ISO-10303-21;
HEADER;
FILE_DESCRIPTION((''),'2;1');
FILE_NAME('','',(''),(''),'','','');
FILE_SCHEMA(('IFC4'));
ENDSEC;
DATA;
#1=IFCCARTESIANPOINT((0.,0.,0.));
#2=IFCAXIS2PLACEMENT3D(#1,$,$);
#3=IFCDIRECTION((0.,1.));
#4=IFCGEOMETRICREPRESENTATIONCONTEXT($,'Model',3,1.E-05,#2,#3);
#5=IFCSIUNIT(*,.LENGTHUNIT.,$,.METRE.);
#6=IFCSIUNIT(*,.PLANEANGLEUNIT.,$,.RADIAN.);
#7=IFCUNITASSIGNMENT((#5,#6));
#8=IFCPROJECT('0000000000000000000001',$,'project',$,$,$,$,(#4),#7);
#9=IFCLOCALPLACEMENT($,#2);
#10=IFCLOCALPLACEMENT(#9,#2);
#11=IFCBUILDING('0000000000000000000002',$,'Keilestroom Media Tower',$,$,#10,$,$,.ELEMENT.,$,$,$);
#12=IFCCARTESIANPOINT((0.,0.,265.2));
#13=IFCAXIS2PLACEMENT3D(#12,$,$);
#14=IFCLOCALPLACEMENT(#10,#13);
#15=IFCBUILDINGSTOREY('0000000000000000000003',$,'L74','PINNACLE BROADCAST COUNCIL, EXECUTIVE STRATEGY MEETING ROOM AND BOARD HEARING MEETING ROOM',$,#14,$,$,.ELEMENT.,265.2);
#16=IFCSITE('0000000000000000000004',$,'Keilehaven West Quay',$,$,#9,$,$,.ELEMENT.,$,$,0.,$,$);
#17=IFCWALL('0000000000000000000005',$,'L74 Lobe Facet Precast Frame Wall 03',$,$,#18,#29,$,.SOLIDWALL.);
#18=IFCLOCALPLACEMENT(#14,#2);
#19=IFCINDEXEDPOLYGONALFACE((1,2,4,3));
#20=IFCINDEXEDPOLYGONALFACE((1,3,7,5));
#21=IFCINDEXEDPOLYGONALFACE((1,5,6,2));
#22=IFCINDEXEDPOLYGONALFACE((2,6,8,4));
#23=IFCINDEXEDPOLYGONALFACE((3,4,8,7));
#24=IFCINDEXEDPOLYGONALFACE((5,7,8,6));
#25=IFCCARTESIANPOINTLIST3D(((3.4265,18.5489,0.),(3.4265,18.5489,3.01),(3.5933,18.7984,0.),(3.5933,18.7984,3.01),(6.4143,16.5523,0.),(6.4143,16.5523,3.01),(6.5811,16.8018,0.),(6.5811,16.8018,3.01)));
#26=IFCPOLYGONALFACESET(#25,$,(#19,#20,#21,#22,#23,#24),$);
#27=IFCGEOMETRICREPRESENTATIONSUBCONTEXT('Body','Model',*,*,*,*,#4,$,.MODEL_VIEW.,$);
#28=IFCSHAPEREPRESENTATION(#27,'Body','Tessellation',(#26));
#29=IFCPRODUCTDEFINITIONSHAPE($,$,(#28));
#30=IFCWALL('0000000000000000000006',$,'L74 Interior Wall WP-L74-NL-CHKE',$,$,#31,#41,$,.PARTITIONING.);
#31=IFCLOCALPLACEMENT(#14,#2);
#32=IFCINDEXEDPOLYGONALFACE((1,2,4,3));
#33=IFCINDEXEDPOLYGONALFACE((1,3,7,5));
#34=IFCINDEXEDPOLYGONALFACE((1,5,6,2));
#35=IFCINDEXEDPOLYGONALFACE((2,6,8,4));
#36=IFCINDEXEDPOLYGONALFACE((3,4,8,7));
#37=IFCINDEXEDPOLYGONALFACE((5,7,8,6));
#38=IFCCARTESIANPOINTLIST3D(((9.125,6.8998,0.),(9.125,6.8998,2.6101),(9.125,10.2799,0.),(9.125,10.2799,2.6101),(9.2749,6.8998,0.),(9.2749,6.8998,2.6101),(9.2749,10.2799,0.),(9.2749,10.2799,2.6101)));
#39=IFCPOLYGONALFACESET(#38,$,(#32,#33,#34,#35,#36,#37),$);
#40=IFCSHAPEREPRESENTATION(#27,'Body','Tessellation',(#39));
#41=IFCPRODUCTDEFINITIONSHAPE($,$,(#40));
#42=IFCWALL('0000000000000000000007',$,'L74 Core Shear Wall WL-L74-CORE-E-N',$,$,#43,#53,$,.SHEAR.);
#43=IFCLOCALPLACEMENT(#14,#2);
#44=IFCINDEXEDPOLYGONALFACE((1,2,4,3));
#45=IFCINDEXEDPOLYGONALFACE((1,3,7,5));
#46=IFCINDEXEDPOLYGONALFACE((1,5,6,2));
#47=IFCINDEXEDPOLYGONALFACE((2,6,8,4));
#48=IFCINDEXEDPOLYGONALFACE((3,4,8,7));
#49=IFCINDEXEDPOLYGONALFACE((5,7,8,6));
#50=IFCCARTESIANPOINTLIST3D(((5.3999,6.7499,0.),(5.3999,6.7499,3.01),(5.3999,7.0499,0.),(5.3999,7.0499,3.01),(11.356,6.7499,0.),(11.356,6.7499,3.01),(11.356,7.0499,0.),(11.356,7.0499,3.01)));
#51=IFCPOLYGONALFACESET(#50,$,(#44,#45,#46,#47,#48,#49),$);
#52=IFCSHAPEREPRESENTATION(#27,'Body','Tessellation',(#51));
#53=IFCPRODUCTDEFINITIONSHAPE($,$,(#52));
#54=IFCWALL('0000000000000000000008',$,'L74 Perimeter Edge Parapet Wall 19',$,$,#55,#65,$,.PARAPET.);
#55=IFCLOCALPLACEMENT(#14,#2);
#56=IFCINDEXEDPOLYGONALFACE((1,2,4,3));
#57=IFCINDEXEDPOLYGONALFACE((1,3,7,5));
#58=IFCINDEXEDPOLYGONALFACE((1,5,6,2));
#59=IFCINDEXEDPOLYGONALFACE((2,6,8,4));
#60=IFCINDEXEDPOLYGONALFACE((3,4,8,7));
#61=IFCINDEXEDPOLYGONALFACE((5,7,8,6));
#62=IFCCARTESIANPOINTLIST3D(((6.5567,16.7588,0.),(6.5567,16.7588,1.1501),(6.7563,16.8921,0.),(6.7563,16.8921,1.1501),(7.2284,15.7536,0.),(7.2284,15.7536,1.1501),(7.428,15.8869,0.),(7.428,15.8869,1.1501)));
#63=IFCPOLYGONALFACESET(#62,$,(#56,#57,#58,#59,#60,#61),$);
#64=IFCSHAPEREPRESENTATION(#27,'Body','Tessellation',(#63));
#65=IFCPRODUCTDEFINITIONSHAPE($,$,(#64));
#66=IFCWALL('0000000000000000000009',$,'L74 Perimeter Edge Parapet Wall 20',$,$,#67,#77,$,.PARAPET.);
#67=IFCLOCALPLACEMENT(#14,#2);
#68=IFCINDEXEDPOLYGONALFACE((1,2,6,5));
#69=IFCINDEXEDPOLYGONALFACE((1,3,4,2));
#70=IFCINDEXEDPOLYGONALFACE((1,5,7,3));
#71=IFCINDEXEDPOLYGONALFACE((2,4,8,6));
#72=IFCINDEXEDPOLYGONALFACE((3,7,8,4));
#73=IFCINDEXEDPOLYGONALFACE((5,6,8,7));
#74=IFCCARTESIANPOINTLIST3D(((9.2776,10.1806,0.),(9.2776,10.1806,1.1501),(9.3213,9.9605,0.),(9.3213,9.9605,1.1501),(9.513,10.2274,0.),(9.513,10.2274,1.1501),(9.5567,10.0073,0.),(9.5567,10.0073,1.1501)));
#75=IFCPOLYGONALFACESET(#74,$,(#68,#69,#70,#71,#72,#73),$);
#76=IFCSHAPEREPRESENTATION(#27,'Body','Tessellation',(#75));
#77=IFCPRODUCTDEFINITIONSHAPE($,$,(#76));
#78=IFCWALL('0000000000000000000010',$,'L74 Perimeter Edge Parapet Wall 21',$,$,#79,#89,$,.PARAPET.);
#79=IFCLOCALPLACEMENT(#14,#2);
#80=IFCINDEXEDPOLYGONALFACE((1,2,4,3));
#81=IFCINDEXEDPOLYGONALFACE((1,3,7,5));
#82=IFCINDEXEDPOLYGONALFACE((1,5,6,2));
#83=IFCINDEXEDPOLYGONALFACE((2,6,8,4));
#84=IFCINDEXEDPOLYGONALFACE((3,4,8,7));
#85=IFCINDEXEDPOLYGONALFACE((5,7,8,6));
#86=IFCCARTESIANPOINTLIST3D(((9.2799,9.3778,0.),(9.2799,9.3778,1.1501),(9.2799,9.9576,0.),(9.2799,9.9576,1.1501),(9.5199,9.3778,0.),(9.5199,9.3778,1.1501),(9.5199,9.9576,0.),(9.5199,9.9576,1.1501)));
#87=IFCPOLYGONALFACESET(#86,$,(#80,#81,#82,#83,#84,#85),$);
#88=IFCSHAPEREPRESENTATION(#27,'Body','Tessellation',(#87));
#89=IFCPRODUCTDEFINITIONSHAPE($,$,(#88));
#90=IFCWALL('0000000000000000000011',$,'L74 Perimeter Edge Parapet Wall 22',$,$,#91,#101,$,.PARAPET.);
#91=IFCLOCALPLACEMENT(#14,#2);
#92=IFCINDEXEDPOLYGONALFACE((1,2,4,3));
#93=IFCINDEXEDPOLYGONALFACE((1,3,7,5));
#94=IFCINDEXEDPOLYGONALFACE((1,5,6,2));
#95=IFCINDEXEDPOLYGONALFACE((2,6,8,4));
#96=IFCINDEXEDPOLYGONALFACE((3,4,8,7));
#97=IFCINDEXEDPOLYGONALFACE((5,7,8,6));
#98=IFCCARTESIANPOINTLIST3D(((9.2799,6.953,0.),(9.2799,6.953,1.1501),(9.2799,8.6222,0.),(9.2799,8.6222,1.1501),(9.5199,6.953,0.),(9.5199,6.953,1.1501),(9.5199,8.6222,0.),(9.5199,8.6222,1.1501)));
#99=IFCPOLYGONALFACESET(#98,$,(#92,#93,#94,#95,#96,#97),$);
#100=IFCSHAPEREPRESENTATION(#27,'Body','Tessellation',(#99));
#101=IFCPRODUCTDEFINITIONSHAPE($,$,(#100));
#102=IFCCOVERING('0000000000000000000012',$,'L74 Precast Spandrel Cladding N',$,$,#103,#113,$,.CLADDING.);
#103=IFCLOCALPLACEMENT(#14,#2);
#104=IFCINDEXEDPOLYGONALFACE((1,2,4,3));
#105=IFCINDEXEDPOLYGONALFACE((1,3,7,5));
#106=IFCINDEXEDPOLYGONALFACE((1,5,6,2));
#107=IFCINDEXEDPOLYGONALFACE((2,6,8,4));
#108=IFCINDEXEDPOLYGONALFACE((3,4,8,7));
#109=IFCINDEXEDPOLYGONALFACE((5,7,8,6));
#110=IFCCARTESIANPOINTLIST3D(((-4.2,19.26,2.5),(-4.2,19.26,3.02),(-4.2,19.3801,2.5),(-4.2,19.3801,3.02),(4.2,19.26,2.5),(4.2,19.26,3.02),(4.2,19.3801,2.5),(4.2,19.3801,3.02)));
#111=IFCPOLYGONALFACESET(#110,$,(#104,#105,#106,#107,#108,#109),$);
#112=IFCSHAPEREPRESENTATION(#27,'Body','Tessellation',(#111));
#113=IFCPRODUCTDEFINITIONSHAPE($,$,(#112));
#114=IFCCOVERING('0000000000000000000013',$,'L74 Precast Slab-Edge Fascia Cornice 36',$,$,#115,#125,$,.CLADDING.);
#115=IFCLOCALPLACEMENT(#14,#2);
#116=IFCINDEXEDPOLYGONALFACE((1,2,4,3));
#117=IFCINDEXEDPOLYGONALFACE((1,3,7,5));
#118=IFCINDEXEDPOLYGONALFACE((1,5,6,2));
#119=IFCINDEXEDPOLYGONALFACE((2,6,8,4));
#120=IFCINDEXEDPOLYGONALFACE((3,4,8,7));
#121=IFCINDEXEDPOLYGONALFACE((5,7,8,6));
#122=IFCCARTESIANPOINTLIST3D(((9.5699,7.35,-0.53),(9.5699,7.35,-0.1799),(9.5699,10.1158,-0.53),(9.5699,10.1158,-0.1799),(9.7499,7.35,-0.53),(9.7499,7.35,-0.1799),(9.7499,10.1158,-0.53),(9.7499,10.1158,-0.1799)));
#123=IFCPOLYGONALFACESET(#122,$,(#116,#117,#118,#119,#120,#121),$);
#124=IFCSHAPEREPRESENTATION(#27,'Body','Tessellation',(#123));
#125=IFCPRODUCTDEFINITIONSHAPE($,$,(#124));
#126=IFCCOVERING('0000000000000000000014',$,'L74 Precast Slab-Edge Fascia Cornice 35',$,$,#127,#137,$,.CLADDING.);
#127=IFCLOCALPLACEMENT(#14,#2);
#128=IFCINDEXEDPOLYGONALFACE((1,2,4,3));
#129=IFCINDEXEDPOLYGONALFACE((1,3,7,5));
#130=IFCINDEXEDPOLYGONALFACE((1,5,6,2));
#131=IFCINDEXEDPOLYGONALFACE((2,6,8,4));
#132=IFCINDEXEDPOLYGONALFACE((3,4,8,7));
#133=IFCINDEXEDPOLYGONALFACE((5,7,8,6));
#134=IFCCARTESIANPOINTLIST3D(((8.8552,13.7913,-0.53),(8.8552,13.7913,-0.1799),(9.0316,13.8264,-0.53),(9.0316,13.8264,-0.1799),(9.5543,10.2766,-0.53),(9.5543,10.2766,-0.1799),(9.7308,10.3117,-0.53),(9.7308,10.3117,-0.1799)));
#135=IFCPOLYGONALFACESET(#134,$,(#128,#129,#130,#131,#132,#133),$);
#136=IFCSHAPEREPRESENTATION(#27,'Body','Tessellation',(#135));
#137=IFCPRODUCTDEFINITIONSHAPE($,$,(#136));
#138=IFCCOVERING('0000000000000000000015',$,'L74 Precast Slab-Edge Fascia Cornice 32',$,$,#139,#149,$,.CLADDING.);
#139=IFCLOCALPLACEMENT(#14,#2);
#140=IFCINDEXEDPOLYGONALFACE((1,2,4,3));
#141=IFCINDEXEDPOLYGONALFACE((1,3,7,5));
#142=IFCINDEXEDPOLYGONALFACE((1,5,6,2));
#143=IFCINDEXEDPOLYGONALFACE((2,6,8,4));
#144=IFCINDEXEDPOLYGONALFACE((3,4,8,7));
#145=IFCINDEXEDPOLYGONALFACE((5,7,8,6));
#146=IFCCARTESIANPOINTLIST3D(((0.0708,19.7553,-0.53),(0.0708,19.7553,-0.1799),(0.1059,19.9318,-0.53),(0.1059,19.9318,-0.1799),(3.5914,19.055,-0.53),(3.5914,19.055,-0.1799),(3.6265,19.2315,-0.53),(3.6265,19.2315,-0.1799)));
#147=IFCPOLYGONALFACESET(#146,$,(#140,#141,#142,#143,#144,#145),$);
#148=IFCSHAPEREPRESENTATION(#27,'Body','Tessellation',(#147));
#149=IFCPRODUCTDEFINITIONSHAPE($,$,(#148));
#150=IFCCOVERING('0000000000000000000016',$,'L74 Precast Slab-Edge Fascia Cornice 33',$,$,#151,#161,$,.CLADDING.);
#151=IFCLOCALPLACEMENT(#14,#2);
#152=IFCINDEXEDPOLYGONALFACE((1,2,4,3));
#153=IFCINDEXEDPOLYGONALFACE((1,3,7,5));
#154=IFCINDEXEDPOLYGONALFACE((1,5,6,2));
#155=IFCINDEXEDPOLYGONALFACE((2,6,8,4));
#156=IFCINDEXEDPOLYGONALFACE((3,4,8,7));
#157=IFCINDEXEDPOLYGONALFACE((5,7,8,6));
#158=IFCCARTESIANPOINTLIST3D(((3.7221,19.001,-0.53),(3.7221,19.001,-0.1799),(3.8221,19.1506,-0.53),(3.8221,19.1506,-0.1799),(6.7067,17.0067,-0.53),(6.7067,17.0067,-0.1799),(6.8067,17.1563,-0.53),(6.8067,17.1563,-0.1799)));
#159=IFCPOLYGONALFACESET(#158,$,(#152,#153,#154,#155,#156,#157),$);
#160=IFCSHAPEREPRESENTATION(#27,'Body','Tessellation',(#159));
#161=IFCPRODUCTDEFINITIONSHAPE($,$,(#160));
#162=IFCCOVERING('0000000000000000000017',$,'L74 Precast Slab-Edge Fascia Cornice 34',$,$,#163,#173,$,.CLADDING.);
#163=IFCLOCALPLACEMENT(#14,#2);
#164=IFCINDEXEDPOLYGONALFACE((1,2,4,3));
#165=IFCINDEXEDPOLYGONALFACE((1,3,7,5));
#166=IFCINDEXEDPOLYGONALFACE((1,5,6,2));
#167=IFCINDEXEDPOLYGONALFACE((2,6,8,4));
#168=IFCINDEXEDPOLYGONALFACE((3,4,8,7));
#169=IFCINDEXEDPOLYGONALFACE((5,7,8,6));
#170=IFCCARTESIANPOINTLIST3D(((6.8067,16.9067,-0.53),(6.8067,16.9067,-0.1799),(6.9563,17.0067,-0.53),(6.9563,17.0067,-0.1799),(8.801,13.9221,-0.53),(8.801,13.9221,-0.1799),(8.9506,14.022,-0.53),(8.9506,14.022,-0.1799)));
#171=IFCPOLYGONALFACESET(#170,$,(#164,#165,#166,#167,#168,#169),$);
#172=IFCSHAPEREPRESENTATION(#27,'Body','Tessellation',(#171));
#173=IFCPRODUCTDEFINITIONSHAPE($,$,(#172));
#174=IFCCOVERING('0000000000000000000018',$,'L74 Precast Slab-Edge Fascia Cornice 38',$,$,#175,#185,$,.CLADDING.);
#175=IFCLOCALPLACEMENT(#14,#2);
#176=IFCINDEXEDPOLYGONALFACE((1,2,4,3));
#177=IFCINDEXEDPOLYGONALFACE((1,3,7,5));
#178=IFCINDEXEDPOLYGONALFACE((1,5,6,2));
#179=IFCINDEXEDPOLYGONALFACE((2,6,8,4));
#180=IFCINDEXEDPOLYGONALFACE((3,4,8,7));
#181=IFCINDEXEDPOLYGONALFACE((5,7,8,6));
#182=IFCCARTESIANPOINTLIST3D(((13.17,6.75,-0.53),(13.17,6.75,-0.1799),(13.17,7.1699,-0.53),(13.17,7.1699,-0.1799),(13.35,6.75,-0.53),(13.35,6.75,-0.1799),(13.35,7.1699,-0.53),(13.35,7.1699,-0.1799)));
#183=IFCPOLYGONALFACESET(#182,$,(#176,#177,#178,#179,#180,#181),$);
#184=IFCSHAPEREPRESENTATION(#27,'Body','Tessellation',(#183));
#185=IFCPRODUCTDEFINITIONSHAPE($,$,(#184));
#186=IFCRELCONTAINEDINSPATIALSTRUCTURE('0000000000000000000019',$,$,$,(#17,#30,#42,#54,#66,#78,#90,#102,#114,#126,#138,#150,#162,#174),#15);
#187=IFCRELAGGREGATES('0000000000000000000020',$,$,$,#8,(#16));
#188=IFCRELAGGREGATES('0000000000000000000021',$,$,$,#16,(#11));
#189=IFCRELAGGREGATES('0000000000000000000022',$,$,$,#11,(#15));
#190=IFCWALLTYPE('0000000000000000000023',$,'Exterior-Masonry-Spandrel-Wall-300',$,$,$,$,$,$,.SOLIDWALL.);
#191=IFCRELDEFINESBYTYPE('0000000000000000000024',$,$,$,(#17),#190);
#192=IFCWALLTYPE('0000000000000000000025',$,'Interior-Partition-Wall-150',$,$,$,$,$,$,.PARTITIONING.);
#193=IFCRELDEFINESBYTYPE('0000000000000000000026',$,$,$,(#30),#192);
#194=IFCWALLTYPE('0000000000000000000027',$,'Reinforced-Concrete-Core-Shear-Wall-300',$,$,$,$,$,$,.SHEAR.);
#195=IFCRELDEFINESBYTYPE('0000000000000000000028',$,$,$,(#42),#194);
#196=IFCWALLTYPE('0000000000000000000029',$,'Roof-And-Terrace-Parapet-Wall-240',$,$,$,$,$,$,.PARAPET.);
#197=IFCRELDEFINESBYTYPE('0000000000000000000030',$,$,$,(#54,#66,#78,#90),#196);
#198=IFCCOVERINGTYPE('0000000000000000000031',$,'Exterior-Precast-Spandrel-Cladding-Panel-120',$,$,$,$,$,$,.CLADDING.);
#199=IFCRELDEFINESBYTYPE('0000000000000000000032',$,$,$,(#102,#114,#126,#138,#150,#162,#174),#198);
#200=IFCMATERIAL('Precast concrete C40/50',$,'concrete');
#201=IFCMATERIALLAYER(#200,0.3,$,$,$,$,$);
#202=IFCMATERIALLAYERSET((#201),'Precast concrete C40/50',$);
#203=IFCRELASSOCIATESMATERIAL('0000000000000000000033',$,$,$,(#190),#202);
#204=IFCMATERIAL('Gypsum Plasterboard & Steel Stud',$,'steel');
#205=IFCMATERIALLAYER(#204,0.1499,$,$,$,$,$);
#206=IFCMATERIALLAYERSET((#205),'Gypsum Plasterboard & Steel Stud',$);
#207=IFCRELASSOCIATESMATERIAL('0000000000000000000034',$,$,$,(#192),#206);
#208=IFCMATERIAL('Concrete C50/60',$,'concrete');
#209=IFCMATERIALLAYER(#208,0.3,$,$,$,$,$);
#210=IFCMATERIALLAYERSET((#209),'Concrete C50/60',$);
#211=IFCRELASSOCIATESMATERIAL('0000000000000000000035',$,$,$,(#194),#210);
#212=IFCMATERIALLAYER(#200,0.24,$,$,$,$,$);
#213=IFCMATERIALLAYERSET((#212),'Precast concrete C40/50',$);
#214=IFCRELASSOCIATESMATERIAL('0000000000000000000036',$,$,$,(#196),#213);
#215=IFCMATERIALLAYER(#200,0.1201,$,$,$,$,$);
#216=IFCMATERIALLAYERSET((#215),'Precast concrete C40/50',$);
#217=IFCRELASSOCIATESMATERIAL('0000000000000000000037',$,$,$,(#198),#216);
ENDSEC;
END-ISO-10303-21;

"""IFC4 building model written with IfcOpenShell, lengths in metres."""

from ifc_helpers import new_model, si_unit, direction, frame, frame_2d, origin, origin_2d, place, context, subcontext, project, spatial, rectangle, extrude, source, transform, mapped, material, layer, layer_set, type_object, element, save


model = new_model("IFC4")

# Units and contexts
model_context = context("Model", 3, precision=1e-05, world=origin(), true_north=direction((0.0, 1.0)))
body_context = subcontext(model_context, "Body", "Model", "MODEL_VIEW")
ifc_project = project(units=[si_unit("LENGTHUNIT", "METRE"), si_unit("PLANEANGLEUNIT", "RADIAN")], contexts=[model_context])

# Site, building, storey
site_placement = place(None, origin())
site = spatial("IfcSite", under=ifc_project, at=site_placement, Name="Keilehaven West Quay", CompositionType="ELEMENT", RefElevation=0.0)
building_placement = place(site_placement, origin())
building = spatial("IfcBuilding", under=site, at=building_placement, Name="Keilestroom Media Tower", CompositionType="ELEMENT")
storey_placement = place(building_placement, frame((0.0, 0.0, 265.2)))
storey = spatial("IfcBuildingStorey", under=building, at=storey_placement, Name="L74", Description="PINNACLE BROADCAST COUNCIL, EXECUTIVE STRATEGY MEETING ROOM AND BOARD HEARING MEETING ROOM", CompositionType="ELEMENT", Elevation=265.2)

# Shared definitions
ifc_material_1 = material(Name="Concrete C50/60", Category="concrete")

# Walls
ifc_material_2 = material(Name="Precast concrete C40/50", Category="concrete")
ifc_layer_1 = layer(ifc_material_2, 0.3)
ifc_layer_set_1 = layer_set([ifc_layer_1], Name="Precast concrete C40/50")
wall_type_1 = type_object("IfcWallType", Name="Exterior-Masonry-Spandrel-Wall-300", PredefinedType="SOLIDWALL", material=ifc_layer_set_1)
wall_1_placement = place(storey_placement, frame((6.4978, 16.677, 0.0), z_axis=(0.0, 0.0, 1.0), x_axis=(-0.831444, 0.555609, 0.0)))
element("IfcWall", 1, at=wall_1_placement, inside=storey, type_object=wall_type_1, Name="L74 Lobe Facet Precast Frame Wall 03", PredefinedType="SOLIDWALL", context=body_context, shape_type="SweptSolid", body=[
    extrude(rectangle(XDim=3.5935, YDim=0.3, at=frame_2d((1.7969, 0.0))), origin(), (0.0, 0.0, 1.0), 3.01),
])
ifc_material_3 = material(Name="Gypsum Plasterboard & Steel Stud", Category="steel")
ifc_layer_2 = layer(ifc_material_3, 0.1499)
ifc_layer_set_2 = layer_set([ifc_layer_2], Name="Gypsum Plasterboard & Steel Stud")
wall_type_2 = type_object("IfcWallType", Name="Interior-Partition-Wall-150", PredefinedType="PARTITIONING", material=ifc_layer_set_2)
wall_2_placement = place(storey_placement, frame((9.2, 6.8999, 0.0), z_axis=(0.0, 0.0, 1.0), x_axis=(0.0, 1.0, 0.0)))
element("IfcWall", 2, at=wall_2_placement, inside=storey, type_object=wall_type_2, Name="L74 Interior Wall WP-L74-NL-CHKE", PredefinedType="PARTITIONING", context=body_context, shape_type="SweptSolid", body=[
    extrude(rectangle(XDim=3.3801, YDim=0.1499, at=frame_2d((1.6899, 0.0))), origin(), (0.0, 0.0, 1.0), 2.6101),
])
ifc_layer_3 = layer(ifc_material_1, 0.3)
ifc_layer_set_3 = layer_set([ifc_layer_3], Name="Concrete C50/60")
wall_type_3 = type_object("IfcWallType", Name="Reinforced-Concrete-Core-Shear-Wall-300", PredefinedType="SHEAR", material=ifc_layer_set_3)
wall_3_placement = place(storey_placement, frame((5.3999, 6.8999, 0.0), z_axis=(0.0, 0.0, 1.0), x_axis=(1.0, 0.0, 0.0)))
element("IfcWall", 3, at=wall_3_placement, inside=storey, type_object=wall_type_3, Name="L74 Core Shear Wall WL-L74-CORE-E-N", PredefinedType="SHEAR", context=body_context, shape_type="SweptSolid", body=[
    extrude(rectangle(XDim=5.9561, YDim=0.3, at=frame_2d((2.978, 0.0))), origin(), (0.0, 0.0, 1.0), 3.01),
])
ifc_layer_4 = layer(ifc_material_2, 0.24)
ifc_layer_set_4 = layer_set([ifc_layer_4], Name="Precast concrete C40/50")
wall_type_4 = type_object("IfcWallType", Name="Roof-And-Terrace-Parapet-Wall-240", PredefinedType="PARAPET", material=ifc_layer_set_4)
wall_4_placement = place(storey_placement, frame((6.6565, 16.8254, 0.0), z_axis=(0.0, 0.0, 1.0), x_axis=(0.555585, -0.831459, 0.0)))
element("IfcWall", 4, at=wall_4_placement, inside=storey, type_object=wall_type_4, Name="L74 Perimeter Edge Parapet Wall 19", PredefinedType="PARAPET", context=body_context, shape_type="SweptSolid", body=[
    extrude(rectangle(XDim=1.209, YDim=0.24, at=frame_2d((0.6045, 0.0))), origin(), (0.0, 0.0, 1.0), 1.1501),
])
wall_5_placement = place(storey_placement, frame((9.3953, 10.2041, 0.0), z_axis=(0.0, 0.0, 1.0), x_axis=(0.19486, -0.980831, 0.0)))
element("IfcWall", 5, at=wall_5_placement, inside=storey, type_object=wall_type_4, Name="L74 Perimeter Edge Parapet Wall 20", PredefinedType="PARAPET", context=body_context, shape_type="SweptSolid", body=[
    extrude(rectangle(XDim=0.2244, YDim=0.24, at=frame_2d((0.1123, 0.0))), origin(), (0.0, 0.0, 1.0), 1.1501),
])
wall_6_placement = place(storey_placement, frame((9.3999, 9.9578, 0.0), z_axis=(0.0, 0.0, 1.0), x_axis=(0.0, -1.0, 0.0)))
element("IfcWall", 6, at=wall_6_placement, inside=storey, type_object=wall_type_4, Name="L74 Perimeter Edge Parapet Wall 21", PredefinedType="PARAPET", context=body_context, shape_type="SweptSolid", body=[
    extrude(rectangle(XDim=0.5798, YDim=0.24, at=frame_2d((0.29, 0.0))), origin(), (0.0, 0.0, 1.0), 1.1501),
])
wall_7_placement = place(storey_placement, frame((9.3999, 8.6221, 0.0), z_axis=(0.0, 0.0, 1.0), x_axis=(0.0, -1.0, 0.0)))
element("IfcWall", 7, at=wall_7_placement, inside=storey, type_object=wall_type_4, Name="L74 Perimeter Edge Parapet Wall 22", PredefinedType="PARAPET", context=body_context, shape_type="SweptSolid", body=[
    extrude(rectangle(XDim=1.6692, YDim=0.24, at=frame_2d((0.8345, 0.0))), origin(), (0.0, 0.0, 1.0), 1.1501),
])

# Coverings
ifc_layer_5 = layer(ifc_material_2, 0.1201)
ifc_layer_set_5 = layer_set([ifc_layer_5], Name="Precast concrete C40/50")
covering_type = type_object("IfcCoveringType", Name="Exterior-Precast-Spandrel-Cladding-Panel-120", PredefinedType="CLADDING", material=ifc_layer_set_5)
shared_shape_1 = source(origin(), body_context, "Body", "SweptSolid", [
    extrude(rectangle(XDim=8.3999, YDim=0.1201, at=origin_2d()), origin(), (0.0, 0.0, 1.0), 0.52),
])
covering_1_placement = place(storey_placement, frame((0.0, 19.3201, 2.5), z_axis=(0.0, 0.0, 1.0), x_axis=(1.0, 0.0, 0.0)))
element("IfcCovering", 8, at=covering_1_placement, inside=storey, type_object=covering_type, Name="L74 Precast Spandrel Cladding N", PredefinedType="CLADDING", context=body_context, shape_type="MappedRepresentation", body=[
    mapped(shared_shape_1, transform((0.0, 0.0, 0.0), x_axis=(1.0, 0.0, 0.0), y_axis=(0.0, 1.0, 0.0), z_axis=(0.0, 0.0, 1.0), scale=1.0)),
])
shared_shape_2 = source(origin(), body_context, "Body", "SweptSolid", [
    extrude(rectangle(XDim=2.7659, YDim=0.1799, at=origin_2d()), origin(), (0.0, 0.0, 1.0), 0.3501),
])
covering_2_placement = place(storey_placement, frame((9.6599, 8.7329, -0.53), z_axis=(0.0, 0.0, 1.0), x_axis=(0.0, -1.0, 0.0)))
element("IfcCovering", 9, at=covering_2_placement, inside=storey, type_object=covering_type, Name="L74 Precast Slab-Edge Fascia Cornice 36", PredefinedType="CLADDING", context=body_context, shape_type="MappedRepresentation", body=[
    mapped(shared_shape_2, transform((0.0, 0.0, 0.0), x_axis=(1.0, 0.0, 0.0), y_axis=(0.0, 1.0, 0.0), z_axis=(0.0, 0.0, 1.0), scale=1.0)),
])
shared_shape_3 = source(origin(), body_context, "Body", "SweptSolid", [
    extrude(rectangle(XDim=3.5835, YDim=0.1799, at=origin_2d()), origin(), (0.0, 0.0, 1.0), 0.3501),
])
covering_3_placement = place(storey_placement, frame((9.293, 12.0515, -0.53), z_axis=(0.0, 0.0, 1.0), x_axis=(0.195099, -0.980784, 0.0)))
element("IfcCovering", 10, at=covering_3_placement, inside=storey, type_object=covering_type, Name="L74 Precast Slab-Edge Fascia Cornice 35", PredefinedType="CLADDING", context=body_context, shape_type="MappedRepresentation", body=[
    mapped(shared_shape_3, transform((0.0, 0.0, 0.0), x_axis=(1.0, 0.0, 0.0), y_axis=(0.0, 1.0, 0.0), z_axis=(0.0, 0.0, 1.0), scale=1.0)),
])
shared_shape_4 = source(origin(), body_context, "Body", "SweptSolid", [
    extrude(rectangle(XDim=3.5896, YDim=0.1799, at=origin_2d()), origin(), (0.0, 0.0, 1.0), 0.3501),
])
for number, where, z_axis, x_axis, name in (
    (11, (1.8486, 19.4934, -0.53), (0.0, 0.0, 1.0), (0.980784, -0.195099, 0.0), "L74 Precast Slab-Edge Fascia Cornice 32"),
    (12, (5.2644, 18.0786, -0.53), (0.0, 0.0, 1.0), (0.831467, -0.555575, 0.0), "L74 Precast Slab-Edge Fascia Cornice 33"),
    (13, (7.8787, 15.4644, -0.53), (0.0, 0.0, 1.0), (0.555575, -0.831467, 0.0), "L74 Precast Slab-Edge Fascia Cornice 34"),
):
    element("IfcCovering", number, at=place(storey_placement, frame(where, z_axis=z_axis, x_axis=x_axis)), inside=storey, type_object=covering_type, Name=name, PredefinedType="CLADDING", context=body_context, shape_type="MappedRepresentation", body=[
        mapped(shared_shape_4, transform((0.0, 0.0, 0.0), x_axis=(1.0, 0.0, 0.0), y_axis=(0.0, 1.0, 0.0), z_axis=(0.0, 0.0, 1.0), scale=1.0)),
    ])
shared_shape_5 = source(origin(), body_context, "Body", "SweptSolid", [
    extrude(rectangle(XDim=0.4199, YDim=0.1799, at=origin_2d()), origin(), (0.0, 0.0, 1.0), 0.3501),
])
covering_4_placement = place(storey_placement, frame((13.26, 6.96, -0.53), z_axis=(0.0, 0.0, 1.0), x_axis=(0.0, -1.0, 0.0)))
element("IfcCovering", 14, at=covering_4_placement, inside=storey, type_object=covering_type, Name="L74 Precast Slab-Edge Fascia Cornice 38", PredefinedType="CLADDING", context=body_context, shape_type="MappedRepresentation", body=[
    mapped(shared_shape_5, transform((0.0, 0.0, 0.0), x_axis=(1.0, 0.0, 0.0), y_axis=(0.0, 1.0, 0.0), z_axis=(0.0, 0.0, 1.0), scale=1.0)),
])

save(model, "model.ifc")
